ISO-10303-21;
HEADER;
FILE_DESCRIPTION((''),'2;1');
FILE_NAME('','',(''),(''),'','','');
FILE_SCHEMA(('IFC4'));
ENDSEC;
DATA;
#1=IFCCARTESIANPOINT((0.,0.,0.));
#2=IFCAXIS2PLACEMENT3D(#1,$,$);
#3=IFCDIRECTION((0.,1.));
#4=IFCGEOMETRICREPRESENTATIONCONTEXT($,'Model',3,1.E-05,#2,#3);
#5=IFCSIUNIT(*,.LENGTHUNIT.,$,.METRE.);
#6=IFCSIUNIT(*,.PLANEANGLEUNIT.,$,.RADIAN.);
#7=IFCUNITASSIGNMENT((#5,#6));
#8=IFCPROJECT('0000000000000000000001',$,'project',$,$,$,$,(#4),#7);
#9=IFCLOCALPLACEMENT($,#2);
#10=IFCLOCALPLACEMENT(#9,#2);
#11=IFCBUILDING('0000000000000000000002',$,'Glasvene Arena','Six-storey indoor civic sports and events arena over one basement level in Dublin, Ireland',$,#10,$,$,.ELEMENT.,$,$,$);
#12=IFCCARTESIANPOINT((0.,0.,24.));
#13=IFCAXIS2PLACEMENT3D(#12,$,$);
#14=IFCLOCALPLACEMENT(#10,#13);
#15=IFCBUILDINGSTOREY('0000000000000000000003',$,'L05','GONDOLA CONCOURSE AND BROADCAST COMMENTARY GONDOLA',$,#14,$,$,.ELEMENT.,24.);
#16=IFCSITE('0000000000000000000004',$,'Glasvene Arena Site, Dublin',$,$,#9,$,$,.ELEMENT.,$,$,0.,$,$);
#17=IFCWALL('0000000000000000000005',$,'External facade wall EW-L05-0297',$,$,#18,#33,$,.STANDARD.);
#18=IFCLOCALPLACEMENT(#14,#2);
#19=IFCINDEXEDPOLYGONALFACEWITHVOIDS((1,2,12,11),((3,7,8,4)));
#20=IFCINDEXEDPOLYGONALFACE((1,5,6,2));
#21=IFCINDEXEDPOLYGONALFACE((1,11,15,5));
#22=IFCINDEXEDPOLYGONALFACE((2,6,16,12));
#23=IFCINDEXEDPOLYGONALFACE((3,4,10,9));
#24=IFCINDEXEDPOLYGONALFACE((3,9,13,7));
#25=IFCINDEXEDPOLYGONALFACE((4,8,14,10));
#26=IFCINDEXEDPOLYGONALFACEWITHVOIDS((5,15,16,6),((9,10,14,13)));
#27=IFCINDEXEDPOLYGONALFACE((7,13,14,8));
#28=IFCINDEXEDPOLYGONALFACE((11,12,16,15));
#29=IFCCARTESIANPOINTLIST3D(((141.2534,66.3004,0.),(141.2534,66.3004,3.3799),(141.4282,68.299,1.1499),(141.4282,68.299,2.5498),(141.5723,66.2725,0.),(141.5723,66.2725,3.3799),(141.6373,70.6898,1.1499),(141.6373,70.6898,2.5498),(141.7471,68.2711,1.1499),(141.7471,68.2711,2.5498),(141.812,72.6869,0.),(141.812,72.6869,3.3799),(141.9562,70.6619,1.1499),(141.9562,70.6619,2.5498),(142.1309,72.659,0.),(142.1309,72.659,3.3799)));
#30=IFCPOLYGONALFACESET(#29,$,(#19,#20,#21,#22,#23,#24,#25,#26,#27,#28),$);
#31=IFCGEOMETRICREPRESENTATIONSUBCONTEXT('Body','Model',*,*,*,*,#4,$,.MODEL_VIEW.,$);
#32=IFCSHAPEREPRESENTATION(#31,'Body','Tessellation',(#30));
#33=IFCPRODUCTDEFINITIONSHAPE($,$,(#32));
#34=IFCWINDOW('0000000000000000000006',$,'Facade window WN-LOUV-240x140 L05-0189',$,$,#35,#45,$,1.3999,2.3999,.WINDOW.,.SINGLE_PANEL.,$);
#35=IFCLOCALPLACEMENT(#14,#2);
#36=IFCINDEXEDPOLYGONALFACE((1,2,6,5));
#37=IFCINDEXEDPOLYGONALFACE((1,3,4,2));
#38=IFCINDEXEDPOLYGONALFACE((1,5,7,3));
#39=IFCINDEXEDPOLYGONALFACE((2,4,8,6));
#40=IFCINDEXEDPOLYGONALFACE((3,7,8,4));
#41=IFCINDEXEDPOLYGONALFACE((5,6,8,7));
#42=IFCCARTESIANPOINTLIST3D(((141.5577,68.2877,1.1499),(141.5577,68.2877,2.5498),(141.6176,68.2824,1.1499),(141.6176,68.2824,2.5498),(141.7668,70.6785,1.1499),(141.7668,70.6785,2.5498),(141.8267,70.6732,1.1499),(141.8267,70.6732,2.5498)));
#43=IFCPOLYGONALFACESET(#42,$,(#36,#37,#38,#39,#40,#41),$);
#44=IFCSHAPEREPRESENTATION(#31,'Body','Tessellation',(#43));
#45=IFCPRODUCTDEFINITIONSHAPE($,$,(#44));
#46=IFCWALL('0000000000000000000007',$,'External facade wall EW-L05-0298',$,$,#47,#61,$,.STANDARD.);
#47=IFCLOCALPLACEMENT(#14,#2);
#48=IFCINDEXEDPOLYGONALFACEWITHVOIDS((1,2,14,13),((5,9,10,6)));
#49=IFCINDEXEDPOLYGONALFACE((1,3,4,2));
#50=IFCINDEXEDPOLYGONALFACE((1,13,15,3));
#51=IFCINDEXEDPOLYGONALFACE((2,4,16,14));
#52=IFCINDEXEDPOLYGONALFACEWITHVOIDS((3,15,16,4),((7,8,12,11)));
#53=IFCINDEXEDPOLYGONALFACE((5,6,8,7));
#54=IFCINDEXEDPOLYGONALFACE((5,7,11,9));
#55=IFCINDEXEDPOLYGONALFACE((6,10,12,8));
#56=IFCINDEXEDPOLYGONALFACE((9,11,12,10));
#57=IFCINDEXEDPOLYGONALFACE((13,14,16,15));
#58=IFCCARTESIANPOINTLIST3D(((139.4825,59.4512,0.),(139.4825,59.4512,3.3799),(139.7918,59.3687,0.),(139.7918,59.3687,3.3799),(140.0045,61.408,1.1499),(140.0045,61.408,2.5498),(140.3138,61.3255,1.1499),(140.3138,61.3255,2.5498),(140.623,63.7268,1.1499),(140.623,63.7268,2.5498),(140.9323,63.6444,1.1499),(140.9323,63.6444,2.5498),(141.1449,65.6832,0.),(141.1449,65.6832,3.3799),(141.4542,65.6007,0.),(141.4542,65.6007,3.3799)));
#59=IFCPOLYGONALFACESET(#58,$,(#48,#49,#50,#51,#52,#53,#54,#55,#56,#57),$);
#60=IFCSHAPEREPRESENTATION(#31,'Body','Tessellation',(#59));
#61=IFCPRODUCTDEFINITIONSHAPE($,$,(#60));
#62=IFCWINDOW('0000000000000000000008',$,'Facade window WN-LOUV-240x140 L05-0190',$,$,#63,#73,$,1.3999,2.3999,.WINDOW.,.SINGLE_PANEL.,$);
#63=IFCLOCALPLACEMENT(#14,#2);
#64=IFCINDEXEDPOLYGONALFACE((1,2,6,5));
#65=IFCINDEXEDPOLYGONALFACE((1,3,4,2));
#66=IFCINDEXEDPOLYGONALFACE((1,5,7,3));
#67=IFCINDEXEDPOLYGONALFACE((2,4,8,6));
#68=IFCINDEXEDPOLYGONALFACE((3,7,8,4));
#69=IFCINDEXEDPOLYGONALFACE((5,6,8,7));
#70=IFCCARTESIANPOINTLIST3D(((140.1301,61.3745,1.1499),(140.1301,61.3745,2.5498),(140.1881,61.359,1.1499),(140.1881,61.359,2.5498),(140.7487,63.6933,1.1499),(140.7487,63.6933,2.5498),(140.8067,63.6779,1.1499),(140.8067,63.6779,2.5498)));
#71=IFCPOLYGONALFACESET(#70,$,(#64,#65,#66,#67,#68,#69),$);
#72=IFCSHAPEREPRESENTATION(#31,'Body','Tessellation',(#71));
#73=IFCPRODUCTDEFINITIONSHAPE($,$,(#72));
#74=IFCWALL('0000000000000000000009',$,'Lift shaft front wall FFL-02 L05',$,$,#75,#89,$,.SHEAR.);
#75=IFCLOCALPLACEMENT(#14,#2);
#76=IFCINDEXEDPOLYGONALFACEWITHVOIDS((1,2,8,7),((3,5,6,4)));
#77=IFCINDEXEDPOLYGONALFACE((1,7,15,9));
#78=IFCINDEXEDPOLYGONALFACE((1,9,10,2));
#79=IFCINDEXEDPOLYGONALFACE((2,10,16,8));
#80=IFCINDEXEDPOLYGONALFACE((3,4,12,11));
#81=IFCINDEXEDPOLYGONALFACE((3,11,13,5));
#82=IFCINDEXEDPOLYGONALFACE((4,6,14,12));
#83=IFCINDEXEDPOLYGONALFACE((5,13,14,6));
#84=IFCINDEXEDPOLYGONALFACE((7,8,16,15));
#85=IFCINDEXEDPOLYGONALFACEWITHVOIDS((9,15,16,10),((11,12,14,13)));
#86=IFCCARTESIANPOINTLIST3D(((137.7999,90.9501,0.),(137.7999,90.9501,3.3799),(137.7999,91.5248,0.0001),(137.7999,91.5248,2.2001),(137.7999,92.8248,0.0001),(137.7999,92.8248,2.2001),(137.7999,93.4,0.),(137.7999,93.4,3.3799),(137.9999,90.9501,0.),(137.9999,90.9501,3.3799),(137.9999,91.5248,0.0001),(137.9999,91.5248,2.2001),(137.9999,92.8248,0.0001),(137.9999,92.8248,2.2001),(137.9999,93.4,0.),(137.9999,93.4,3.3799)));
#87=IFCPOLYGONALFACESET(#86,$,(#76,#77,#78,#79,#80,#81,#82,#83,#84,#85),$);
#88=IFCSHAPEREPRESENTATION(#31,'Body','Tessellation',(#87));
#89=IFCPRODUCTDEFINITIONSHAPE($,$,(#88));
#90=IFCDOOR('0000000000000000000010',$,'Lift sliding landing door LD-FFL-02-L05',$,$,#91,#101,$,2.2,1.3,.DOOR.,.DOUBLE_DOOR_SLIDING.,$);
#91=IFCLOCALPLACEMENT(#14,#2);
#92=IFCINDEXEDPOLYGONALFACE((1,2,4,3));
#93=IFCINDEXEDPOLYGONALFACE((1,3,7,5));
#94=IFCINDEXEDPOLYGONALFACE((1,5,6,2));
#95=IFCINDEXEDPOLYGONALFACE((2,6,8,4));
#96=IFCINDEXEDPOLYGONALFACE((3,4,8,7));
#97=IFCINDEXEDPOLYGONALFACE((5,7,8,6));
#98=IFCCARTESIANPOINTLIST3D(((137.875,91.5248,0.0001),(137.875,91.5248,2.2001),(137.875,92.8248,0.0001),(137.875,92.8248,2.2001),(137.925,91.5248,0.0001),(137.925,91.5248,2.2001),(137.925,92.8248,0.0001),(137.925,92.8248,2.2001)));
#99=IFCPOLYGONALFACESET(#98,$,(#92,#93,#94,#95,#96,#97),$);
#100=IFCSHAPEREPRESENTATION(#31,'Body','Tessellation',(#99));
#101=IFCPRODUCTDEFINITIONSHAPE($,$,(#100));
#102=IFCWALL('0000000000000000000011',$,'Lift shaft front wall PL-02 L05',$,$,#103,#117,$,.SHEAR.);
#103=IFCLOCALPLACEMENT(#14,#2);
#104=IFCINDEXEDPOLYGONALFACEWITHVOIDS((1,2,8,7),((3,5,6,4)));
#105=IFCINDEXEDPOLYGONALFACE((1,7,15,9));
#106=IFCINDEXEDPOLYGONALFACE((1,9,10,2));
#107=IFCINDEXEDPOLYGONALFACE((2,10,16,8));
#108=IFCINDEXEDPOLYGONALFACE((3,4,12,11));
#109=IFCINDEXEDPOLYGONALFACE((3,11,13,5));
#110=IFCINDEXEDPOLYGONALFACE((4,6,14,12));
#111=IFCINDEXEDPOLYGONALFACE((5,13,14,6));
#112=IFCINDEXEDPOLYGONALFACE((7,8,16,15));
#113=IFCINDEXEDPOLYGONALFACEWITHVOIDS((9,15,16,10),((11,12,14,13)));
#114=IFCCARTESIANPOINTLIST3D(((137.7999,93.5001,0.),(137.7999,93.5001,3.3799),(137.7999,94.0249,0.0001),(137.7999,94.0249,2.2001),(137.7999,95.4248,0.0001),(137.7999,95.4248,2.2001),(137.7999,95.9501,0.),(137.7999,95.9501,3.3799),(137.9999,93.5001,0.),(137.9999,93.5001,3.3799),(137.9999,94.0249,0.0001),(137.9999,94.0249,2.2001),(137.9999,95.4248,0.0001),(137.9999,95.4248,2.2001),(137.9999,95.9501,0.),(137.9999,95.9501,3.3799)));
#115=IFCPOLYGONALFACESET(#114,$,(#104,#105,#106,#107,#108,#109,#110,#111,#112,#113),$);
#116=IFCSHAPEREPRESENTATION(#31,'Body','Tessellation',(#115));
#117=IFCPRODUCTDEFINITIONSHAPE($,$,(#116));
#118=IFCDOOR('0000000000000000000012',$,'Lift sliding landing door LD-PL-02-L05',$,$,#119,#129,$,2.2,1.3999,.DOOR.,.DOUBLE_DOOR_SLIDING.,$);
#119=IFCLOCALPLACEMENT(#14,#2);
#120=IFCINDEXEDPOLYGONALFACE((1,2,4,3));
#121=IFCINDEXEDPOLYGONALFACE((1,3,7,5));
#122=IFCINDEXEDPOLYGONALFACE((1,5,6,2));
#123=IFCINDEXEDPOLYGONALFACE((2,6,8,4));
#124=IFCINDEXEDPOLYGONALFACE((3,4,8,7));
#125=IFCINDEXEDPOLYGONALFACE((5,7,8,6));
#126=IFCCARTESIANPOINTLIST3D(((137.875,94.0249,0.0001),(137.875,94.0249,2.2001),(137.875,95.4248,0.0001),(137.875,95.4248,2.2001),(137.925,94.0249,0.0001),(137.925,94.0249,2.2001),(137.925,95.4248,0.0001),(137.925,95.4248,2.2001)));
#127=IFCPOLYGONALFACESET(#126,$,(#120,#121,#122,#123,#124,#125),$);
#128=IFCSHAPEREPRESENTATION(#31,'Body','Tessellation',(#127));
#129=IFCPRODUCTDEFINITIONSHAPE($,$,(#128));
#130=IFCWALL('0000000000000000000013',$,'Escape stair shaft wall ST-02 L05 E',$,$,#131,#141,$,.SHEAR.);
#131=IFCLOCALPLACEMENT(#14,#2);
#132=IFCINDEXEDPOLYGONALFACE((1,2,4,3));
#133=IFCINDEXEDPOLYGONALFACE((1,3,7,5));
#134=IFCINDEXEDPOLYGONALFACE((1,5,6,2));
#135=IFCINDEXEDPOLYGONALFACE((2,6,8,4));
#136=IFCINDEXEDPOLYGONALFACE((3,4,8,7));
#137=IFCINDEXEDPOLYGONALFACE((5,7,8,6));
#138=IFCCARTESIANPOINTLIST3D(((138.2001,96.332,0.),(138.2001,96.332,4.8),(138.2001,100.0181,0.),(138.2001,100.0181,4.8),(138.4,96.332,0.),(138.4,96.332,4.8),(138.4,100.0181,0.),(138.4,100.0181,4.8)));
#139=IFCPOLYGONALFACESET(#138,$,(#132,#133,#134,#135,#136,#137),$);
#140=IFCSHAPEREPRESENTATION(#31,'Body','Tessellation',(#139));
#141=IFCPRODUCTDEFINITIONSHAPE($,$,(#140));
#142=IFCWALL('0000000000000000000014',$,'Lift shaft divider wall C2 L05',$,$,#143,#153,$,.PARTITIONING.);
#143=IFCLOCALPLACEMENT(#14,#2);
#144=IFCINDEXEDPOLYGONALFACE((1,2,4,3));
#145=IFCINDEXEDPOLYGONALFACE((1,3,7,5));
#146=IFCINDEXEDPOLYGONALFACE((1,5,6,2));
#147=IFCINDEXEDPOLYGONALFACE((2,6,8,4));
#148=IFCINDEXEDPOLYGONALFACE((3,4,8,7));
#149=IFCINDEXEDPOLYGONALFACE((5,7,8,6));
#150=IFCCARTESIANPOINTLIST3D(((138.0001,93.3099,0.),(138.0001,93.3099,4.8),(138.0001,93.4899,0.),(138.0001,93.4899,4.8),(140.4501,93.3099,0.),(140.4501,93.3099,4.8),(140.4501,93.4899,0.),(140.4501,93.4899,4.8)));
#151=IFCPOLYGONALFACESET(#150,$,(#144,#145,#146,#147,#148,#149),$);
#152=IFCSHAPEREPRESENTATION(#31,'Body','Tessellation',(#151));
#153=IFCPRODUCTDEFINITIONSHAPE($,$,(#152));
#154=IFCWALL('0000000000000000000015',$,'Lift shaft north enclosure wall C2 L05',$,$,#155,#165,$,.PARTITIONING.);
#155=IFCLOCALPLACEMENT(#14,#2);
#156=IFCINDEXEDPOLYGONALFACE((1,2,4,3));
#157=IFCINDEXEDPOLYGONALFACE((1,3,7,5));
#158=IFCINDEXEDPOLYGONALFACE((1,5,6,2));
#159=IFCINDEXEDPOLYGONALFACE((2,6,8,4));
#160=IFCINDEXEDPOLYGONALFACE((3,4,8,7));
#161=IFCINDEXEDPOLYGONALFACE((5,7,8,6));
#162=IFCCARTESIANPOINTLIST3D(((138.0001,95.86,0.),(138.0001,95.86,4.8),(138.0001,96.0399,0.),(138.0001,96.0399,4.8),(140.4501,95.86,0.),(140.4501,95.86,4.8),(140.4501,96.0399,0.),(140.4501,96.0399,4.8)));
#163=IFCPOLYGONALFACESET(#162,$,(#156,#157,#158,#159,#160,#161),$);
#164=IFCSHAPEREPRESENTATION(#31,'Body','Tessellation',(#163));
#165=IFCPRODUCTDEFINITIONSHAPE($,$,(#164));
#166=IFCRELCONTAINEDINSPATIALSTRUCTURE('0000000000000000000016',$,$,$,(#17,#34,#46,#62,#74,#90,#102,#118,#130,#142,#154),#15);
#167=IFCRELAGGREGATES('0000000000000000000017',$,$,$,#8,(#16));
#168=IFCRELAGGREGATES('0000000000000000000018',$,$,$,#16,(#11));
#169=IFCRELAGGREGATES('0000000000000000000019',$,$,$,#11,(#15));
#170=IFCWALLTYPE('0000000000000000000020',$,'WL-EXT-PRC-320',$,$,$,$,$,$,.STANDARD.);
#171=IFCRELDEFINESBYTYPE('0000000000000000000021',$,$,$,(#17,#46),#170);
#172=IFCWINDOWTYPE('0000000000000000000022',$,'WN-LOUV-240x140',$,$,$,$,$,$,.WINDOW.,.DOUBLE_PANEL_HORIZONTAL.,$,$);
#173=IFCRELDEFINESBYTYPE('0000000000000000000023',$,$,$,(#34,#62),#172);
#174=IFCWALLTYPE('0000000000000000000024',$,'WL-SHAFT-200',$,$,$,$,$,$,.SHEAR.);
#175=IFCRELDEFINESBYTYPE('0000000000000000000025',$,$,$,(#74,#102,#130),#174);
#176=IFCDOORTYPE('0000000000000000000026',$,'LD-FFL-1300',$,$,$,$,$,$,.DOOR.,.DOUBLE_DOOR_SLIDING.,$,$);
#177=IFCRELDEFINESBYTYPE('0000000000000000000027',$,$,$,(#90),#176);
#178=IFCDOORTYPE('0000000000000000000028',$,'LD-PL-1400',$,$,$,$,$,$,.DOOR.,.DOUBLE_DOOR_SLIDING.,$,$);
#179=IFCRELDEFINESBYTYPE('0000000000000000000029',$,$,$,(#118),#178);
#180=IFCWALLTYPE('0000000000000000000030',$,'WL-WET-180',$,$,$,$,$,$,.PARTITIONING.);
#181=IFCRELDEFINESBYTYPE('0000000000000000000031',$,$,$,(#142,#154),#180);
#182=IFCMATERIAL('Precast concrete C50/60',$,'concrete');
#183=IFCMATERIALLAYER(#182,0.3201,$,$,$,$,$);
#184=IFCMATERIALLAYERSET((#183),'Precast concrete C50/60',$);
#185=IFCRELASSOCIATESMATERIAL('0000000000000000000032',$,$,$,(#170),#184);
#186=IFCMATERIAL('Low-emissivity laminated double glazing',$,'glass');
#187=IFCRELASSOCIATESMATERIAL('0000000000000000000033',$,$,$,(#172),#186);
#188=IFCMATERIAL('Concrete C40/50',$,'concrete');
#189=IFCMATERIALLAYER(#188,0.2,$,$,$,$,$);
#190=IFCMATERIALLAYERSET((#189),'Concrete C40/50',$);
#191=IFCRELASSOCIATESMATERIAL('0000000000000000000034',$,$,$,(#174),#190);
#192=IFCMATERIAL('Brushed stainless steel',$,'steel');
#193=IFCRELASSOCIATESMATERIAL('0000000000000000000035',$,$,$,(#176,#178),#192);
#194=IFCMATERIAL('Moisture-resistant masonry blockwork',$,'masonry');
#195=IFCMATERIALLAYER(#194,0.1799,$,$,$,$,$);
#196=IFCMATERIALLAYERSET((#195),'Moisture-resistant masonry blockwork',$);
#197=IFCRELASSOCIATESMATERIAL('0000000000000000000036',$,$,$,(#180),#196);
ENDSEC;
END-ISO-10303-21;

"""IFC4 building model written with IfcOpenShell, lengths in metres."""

from ifc_helpers import new_model, si_unit, direction, frame, frame_2d, origin, place, context, subcontext, project, spatial, rectangle, extrude, material, layer, layer_set, type_object, element, fill, save


model = new_model("IFC4")

# Units and contexts
model_context = context("Model", 3, precision=1e-05, world=origin(), true_north=direction((0.0, 1.0)))
body_context = subcontext(model_context, "Body", "Model", "MODEL_VIEW")
ifc_project = project(units=[si_unit("LENGTHUNIT", "METRE"), si_unit("PLANEANGLEUNIT", "RADIAN")], contexts=[model_context])

# Site, building, storey
site_placement = place(None, origin())
site = spatial("IfcSite", under=ifc_project, at=site_placement, Name="Glasvene Arena Site, Dublin", CompositionType="ELEMENT", RefElevation=0.0)
building_placement = place(site_placement, origin())
building = spatial("IfcBuilding", under=site, at=building_placement, Name="Glasvene Arena", Description="Six-storey indoor civic sports and events arena over one basement level in Dublin, Ireland", CompositionType="ELEMENT")
storey_placement = place(building_placement, frame((0.0, 0.0, 24.0)))
storey = spatial("IfcBuildingStorey", under=building, at=storey_placement, Name="L05", Description="GONDOLA CONCOURSE AND BROADCAST COMMENTARY GONDOLA", CompositionType="ELEMENT", Elevation=24.0)

# Shared definitions
ifc_material_1 = material(Name="Concrete C40/50", Category="concrete")

# Shared definitions
ifc_material_2 = material(Name="Precast concrete C50/60", Category="concrete")
ifc_layer_1 = layer(ifc_material_2, 0.3201)
ifc_layer_set_1 = layer_set([ifc_layer_1], Name="Precast concrete C50/60")
wall_type_1 = type_object("IfcWallType", Name="WL-EXT-PRC-320", PredefinedType="STANDARD", material=ifc_layer_set_1)
ifc_material_3 = material(Name="Low-emissivity laminated double glazing", Category="glass")

# Walls, openings, windows
window_type_1 = type_object("IfcWindowType", Name="WN-LOUV-240x140", PartitioningType="DOUBLE_PANEL_HORIZONTAL", PredefinedType="WINDOW", material=ifc_material_3)
wall_1_placement = place(storey_placement, frame((141.9714, 72.6731, 0.0), z_axis=(0.0, 0.0, 1.0), x_axis=(-0.087132, -0.996197, 0.0)))
wall_1 = element("IfcWall", 1, at=wall_1_placement, inside=storey, type_object=wall_type_1, Name="External facade wall EW-L05-0297", PredefinedType="STANDARD", context=body_context, shape_type="SweptSolid", body=[
    extrude(rectangle(XDim=6.4109, YDim=0.3201, at=frame_2d((3.2056, 0.0))), origin(), (0.0, 0.0, 1.0), 3.3799),
])
opening_1_placement = place(wall_1_placement, frame((2.0049, 0.0, 1.1499)))
opening_1 = element("IfcOpeningElement", 2, at=opening_1_placement, cuts=wall_1, PredefinedType="OPENING", context=body_context, shape_type="SweptSolid", body=[
    extrude(rectangle(XDim=2.3999, YDim=1.3999, at=frame_2d((1.2, 0.7))), frame((0.0, 0.1699, 0.0), z_axis=(0.0, -1.0, 0.0), x_axis=(1.0, 0.0, 0.0)), (0.0, 0.0, 1.0), 0.3401),
])
window_1_placement = place(opening_1_placement, origin())
window_1 = element("IfcWindow", 3, at=window_1_placement, inside=storey, type_object=window_type_1, Name="Facade window WN-LOUV-240x140 L05-0189", OverallHeight=1.3999, OverallWidth=2.3999, PartitioningType="SINGLE_PANEL", PredefinedType="WINDOW", context=body_context, shape_type="SweptSolid", body=[
    extrude(rectangle(XDim=2.3999, YDim=1.3999, at=frame_2d((1.2, 0.7))), frame((0.0, 0.03, 0.0), z_axis=(0.0, -1.0, 0.0), x_axis=(1.0, 0.0, 0.0)), (0.0, 0.0, 1.0), 0.0601),
])
fill(opening_1, window_1)
wall_2_placement = place(storey_placement, frame((141.2996, 65.6421, 0.0), z_axis=(0.0, 0.0, 1.0), x_axis=(-0.257736, -0.966215, 0.0)))
wall_2 = element("IfcWall", 4, at=wall_2_placement, inside=storey, type_object=wall_type_1, Name="External facade wall EW-L05-0298", PredefinedType="STANDARD", context=body_context, shape_type="SweptSolid", body=[
    extrude(rectangle(XDim=6.45, YDim=0.3201, at=frame_2d((3.2251, 0.0))), origin(), (0.0, 0.0, 1.0), 3.3799),
])
opening_2_placement = place(wall_2_placement, frame((2.0249, 0.0, 1.1499)))
opening_2 = element("IfcOpeningElement", 5, at=opening_2_placement, cuts=wall_2, PredefinedType="OPENING", context=body_context, shape_type="SweptSolid", body=[
    extrude(rectangle(XDim=2.3999, YDim=1.3999, at=frame_2d((1.2, 0.7))), frame((0.0, 0.1699, 0.0), z_axis=(0.0, -1.0, 0.0), x_axis=(1.0, 0.0, 0.0)), (0.0, 0.0, 1.0), 0.3401),
])
window_2_placement = place(opening_2_placement, origin())
window_2 = element("IfcWindow", 6, at=window_2_placement, inside=storey, type_object=window_type_1, Name="Facade window WN-LOUV-240x140 L05-0190", OverallHeight=1.3999, OverallWidth=2.3999, PartitioningType="SINGLE_PANEL", PredefinedType="WINDOW", context=body_context, shape_type="SweptSolid", body=[
    extrude(rectangle(XDim=2.3999, YDim=1.3999, at=frame_2d((1.2, 0.7))), frame((0.0, 0.03, 0.0), z_axis=(0.0, -1.0, 0.0), x_axis=(1.0, 0.0, 0.0)), (0.0, 0.0, 1.0), 0.0601),
])
fill(opening_2, window_2)

# Walls, openings, doors
ifc_layer_2 = layer(ifc_material_1, 0.2)
ifc_layer_set_2 = layer_set([ifc_layer_2], Name="Concrete C40/50")
wall_type_2 = type_object("IfcWallType", Name="WL-SHAFT-200", PredefinedType="SHEAR", material=ifc_layer_set_2)
wall_3_placement = place(storey_placement, frame((137.8999, 90.95, 0.0), z_axis=(0.0, 0.0, 1.0), x_axis=(0.0, 1.0, 0.0)))
wall_3 = element("IfcWall", 7, at=wall_3_placement, inside=storey, type_object=wall_type_2, Name="Lift shaft front wall FFL-02 L05", PredefinedType="SHEAR", context=body_context, shape_type="SweptSolid", body=[
    extrude(rectangle(XDim=2.45, YDim=0.2, at=frame_2d((1.2251, 0.0))), origin(), (0.0, 0.0, 1.0), 3.3799),
])
opening_3_placement = place(wall_3_placement, frame((0.575, 0.0, 0.0)))
opening_3 = element("IfcOpeningElement", 8, at=opening_3_placement, cuts=wall_3, PredefinedType="OPENING", context=body_context, shape_type="SweptSolid", body=[
    extrude(rectangle(XDim=1.3, YDim=2.2, at=frame_2d((0.6499, 1.1001))), frame((0.0, 0.1099, 0.0), z_axis=(0.0, -1.0, 0.0), x_axis=(1.0, 0.0, 0.0)), (0.0, 0.0, 1.0), 0.22),
])
ifc_material_4 = material(Name="Brushed stainless steel", Category="steel")
door_type_1 = type_object("IfcDoorType", Name="LD-FFL-1300", OperationType="DOUBLE_DOOR_SLIDING", PredefinedType="DOOR", material=ifc_material_4)
door_1_placement = place(opening_3_placement, origin())
door_1 = element("IfcDoor", 9, at=door_1_placement, inside=storey, type_object=door_type_1, Name="Lift sliding landing door LD-FFL-02-L05", OperationType="DOUBLE_DOOR_SLIDING", OverallHeight=2.2, OverallWidth=1.3, PredefinedType="DOOR", context=body_context, shape_type="SweptSolid", body=[
    extrude(rectangle(XDim=1.3, YDim=2.2, at=frame_2d((0.6499, 1.1001))), frame((0.0, 0.0249, 0.0), z_axis=(0.0, -1.0, 0.0), x_axis=(1.0, 0.0, 0.0)), (0.0, 0.0, 1.0), 0.05),
])
fill(opening_3, door_1)
wall_4_placement = place(storey_placement, frame((137.8999, 93.5, 0.0), z_axis=(0.0, 0.0, 1.0), x_axis=(0.0, 1.0, 0.0)))
wall_4 = element("IfcWall", 10, at=wall_4_placement, inside=storey, type_object=wall_type_2, Name="Lift shaft front wall PL-02 L05", PredefinedType="SHEAR", context=body_context, shape_type="SweptSolid", body=[
    extrude(rectangle(XDim=2.45, YDim=0.2, at=frame_2d((1.2251, 0.0))), origin(), (0.0, 0.0, 1.0), 3.3799),
])
opening_4_placement = place(wall_4_placement, frame((0.5249, 0.0, 0.0)))
opening_4 = element("IfcOpeningElement", 11, at=opening_4_placement, cuts=wall_4, PredefinedType="OPENING", context=body_context, shape_type="SweptSolid", body=[
    extrude(rectangle(XDim=1.3999, YDim=2.2, at=frame_2d((0.7, 1.1001))), frame((0.0, 0.1099, 0.0), z_axis=(0.0, -1.0, 0.0), x_axis=(1.0, 0.0, 0.0)), (0.0, 0.0, 1.0), 0.22),
])
door_type_2 = type_object("IfcDoorType", Name="LD-PL-1400", OperationType="DOUBLE_DOOR_SLIDING", PredefinedType="DOOR", material=ifc_material_4)
door_2_placement = place(opening_4_placement, origin())
door_2 = element("IfcDoor", 12, at=door_2_placement, inside=storey, type_object=door_type_2, Name="Lift sliding landing door LD-PL-02-L05", OperationType="DOUBLE_DOOR_SLIDING", OverallHeight=2.2, OverallWidth=1.3999, PredefinedType="DOOR", context=body_context, shape_type="SweptSolid", body=[
    extrude(rectangle(XDim=1.3999, YDim=2.2, at=frame_2d((0.7, 1.1001))), frame((0.0, 0.0249, 0.0), z_axis=(0.0, -1.0, 0.0), x_axis=(1.0, 0.0, 0.0)), (0.0, 0.0, 1.0), 0.05),
])
fill(opening_4, door_2)

# Walls
wall_5_placement = place(storey_placement, frame((138.3, 96.332, 0.0), z_axis=(0.0, 0.0, 1.0), x_axis=(0.0, 1.0, 0.0)))
element("IfcWall", 13, at=wall_5_placement, inside=storey, type_object=wall_type_2, Name="Escape stair shaft wall ST-02 L05 E", PredefinedType="SHEAR", context=body_context, shape_type="SweptSolid", body=[
    extrude(rectangle(XDim=3.686, YDim=0.2, at=frame_2d((1.843, 0.0))), origin(), (0.0, 0.0, 1.0), 4.8),
])
ifc_material_5 = material(Name="Moisture-resistant masonry blockwork", Category="masonry")
ifc_layer_3 = layer(ifc_material_5, 0.1799)
ifc_layer_set_3 = layer_set([ifc_layer_3], Name="Moisture-resistant masonry blockwork")
wall_type_3 = type_object("IfcWallType", Name="WL-WET-180", PredefinedType="PARTITIONING", material=ifc_layer_set_3)
for number, where, z_axis, x_axis, name in (
    (14, (138.0, 93.3999, 0.0), (0.0, 0.0, 1.0), (1.0, 0.0, 0.0), "Lift shaft divider wall C2 L05"),
    (15, (138.0, 95.95, 0.0), (0.0, 0.0, 1.0), (1.0, 0.0, 0.0), "Lift shaft north enclosure wall C2 L05"),
):
    element("IfcWall", number, at=place(storey_placement, frame(where, z_axis=z_axis, x_axis=x_axis)), inside=storey, type_object=wall_type_3, Name=name, PredefinedType="PARTITIONING", context=body_context, shape_type="SweptSolid", body=[
        extrude(rectangle(XDim=2.45, YDim=0.1799, at=frame_2d((1.2251, 0.0))), origin(), (0.0, 0.0, 1.0), 4.8),
    ])

save(model, "model.ifc")
